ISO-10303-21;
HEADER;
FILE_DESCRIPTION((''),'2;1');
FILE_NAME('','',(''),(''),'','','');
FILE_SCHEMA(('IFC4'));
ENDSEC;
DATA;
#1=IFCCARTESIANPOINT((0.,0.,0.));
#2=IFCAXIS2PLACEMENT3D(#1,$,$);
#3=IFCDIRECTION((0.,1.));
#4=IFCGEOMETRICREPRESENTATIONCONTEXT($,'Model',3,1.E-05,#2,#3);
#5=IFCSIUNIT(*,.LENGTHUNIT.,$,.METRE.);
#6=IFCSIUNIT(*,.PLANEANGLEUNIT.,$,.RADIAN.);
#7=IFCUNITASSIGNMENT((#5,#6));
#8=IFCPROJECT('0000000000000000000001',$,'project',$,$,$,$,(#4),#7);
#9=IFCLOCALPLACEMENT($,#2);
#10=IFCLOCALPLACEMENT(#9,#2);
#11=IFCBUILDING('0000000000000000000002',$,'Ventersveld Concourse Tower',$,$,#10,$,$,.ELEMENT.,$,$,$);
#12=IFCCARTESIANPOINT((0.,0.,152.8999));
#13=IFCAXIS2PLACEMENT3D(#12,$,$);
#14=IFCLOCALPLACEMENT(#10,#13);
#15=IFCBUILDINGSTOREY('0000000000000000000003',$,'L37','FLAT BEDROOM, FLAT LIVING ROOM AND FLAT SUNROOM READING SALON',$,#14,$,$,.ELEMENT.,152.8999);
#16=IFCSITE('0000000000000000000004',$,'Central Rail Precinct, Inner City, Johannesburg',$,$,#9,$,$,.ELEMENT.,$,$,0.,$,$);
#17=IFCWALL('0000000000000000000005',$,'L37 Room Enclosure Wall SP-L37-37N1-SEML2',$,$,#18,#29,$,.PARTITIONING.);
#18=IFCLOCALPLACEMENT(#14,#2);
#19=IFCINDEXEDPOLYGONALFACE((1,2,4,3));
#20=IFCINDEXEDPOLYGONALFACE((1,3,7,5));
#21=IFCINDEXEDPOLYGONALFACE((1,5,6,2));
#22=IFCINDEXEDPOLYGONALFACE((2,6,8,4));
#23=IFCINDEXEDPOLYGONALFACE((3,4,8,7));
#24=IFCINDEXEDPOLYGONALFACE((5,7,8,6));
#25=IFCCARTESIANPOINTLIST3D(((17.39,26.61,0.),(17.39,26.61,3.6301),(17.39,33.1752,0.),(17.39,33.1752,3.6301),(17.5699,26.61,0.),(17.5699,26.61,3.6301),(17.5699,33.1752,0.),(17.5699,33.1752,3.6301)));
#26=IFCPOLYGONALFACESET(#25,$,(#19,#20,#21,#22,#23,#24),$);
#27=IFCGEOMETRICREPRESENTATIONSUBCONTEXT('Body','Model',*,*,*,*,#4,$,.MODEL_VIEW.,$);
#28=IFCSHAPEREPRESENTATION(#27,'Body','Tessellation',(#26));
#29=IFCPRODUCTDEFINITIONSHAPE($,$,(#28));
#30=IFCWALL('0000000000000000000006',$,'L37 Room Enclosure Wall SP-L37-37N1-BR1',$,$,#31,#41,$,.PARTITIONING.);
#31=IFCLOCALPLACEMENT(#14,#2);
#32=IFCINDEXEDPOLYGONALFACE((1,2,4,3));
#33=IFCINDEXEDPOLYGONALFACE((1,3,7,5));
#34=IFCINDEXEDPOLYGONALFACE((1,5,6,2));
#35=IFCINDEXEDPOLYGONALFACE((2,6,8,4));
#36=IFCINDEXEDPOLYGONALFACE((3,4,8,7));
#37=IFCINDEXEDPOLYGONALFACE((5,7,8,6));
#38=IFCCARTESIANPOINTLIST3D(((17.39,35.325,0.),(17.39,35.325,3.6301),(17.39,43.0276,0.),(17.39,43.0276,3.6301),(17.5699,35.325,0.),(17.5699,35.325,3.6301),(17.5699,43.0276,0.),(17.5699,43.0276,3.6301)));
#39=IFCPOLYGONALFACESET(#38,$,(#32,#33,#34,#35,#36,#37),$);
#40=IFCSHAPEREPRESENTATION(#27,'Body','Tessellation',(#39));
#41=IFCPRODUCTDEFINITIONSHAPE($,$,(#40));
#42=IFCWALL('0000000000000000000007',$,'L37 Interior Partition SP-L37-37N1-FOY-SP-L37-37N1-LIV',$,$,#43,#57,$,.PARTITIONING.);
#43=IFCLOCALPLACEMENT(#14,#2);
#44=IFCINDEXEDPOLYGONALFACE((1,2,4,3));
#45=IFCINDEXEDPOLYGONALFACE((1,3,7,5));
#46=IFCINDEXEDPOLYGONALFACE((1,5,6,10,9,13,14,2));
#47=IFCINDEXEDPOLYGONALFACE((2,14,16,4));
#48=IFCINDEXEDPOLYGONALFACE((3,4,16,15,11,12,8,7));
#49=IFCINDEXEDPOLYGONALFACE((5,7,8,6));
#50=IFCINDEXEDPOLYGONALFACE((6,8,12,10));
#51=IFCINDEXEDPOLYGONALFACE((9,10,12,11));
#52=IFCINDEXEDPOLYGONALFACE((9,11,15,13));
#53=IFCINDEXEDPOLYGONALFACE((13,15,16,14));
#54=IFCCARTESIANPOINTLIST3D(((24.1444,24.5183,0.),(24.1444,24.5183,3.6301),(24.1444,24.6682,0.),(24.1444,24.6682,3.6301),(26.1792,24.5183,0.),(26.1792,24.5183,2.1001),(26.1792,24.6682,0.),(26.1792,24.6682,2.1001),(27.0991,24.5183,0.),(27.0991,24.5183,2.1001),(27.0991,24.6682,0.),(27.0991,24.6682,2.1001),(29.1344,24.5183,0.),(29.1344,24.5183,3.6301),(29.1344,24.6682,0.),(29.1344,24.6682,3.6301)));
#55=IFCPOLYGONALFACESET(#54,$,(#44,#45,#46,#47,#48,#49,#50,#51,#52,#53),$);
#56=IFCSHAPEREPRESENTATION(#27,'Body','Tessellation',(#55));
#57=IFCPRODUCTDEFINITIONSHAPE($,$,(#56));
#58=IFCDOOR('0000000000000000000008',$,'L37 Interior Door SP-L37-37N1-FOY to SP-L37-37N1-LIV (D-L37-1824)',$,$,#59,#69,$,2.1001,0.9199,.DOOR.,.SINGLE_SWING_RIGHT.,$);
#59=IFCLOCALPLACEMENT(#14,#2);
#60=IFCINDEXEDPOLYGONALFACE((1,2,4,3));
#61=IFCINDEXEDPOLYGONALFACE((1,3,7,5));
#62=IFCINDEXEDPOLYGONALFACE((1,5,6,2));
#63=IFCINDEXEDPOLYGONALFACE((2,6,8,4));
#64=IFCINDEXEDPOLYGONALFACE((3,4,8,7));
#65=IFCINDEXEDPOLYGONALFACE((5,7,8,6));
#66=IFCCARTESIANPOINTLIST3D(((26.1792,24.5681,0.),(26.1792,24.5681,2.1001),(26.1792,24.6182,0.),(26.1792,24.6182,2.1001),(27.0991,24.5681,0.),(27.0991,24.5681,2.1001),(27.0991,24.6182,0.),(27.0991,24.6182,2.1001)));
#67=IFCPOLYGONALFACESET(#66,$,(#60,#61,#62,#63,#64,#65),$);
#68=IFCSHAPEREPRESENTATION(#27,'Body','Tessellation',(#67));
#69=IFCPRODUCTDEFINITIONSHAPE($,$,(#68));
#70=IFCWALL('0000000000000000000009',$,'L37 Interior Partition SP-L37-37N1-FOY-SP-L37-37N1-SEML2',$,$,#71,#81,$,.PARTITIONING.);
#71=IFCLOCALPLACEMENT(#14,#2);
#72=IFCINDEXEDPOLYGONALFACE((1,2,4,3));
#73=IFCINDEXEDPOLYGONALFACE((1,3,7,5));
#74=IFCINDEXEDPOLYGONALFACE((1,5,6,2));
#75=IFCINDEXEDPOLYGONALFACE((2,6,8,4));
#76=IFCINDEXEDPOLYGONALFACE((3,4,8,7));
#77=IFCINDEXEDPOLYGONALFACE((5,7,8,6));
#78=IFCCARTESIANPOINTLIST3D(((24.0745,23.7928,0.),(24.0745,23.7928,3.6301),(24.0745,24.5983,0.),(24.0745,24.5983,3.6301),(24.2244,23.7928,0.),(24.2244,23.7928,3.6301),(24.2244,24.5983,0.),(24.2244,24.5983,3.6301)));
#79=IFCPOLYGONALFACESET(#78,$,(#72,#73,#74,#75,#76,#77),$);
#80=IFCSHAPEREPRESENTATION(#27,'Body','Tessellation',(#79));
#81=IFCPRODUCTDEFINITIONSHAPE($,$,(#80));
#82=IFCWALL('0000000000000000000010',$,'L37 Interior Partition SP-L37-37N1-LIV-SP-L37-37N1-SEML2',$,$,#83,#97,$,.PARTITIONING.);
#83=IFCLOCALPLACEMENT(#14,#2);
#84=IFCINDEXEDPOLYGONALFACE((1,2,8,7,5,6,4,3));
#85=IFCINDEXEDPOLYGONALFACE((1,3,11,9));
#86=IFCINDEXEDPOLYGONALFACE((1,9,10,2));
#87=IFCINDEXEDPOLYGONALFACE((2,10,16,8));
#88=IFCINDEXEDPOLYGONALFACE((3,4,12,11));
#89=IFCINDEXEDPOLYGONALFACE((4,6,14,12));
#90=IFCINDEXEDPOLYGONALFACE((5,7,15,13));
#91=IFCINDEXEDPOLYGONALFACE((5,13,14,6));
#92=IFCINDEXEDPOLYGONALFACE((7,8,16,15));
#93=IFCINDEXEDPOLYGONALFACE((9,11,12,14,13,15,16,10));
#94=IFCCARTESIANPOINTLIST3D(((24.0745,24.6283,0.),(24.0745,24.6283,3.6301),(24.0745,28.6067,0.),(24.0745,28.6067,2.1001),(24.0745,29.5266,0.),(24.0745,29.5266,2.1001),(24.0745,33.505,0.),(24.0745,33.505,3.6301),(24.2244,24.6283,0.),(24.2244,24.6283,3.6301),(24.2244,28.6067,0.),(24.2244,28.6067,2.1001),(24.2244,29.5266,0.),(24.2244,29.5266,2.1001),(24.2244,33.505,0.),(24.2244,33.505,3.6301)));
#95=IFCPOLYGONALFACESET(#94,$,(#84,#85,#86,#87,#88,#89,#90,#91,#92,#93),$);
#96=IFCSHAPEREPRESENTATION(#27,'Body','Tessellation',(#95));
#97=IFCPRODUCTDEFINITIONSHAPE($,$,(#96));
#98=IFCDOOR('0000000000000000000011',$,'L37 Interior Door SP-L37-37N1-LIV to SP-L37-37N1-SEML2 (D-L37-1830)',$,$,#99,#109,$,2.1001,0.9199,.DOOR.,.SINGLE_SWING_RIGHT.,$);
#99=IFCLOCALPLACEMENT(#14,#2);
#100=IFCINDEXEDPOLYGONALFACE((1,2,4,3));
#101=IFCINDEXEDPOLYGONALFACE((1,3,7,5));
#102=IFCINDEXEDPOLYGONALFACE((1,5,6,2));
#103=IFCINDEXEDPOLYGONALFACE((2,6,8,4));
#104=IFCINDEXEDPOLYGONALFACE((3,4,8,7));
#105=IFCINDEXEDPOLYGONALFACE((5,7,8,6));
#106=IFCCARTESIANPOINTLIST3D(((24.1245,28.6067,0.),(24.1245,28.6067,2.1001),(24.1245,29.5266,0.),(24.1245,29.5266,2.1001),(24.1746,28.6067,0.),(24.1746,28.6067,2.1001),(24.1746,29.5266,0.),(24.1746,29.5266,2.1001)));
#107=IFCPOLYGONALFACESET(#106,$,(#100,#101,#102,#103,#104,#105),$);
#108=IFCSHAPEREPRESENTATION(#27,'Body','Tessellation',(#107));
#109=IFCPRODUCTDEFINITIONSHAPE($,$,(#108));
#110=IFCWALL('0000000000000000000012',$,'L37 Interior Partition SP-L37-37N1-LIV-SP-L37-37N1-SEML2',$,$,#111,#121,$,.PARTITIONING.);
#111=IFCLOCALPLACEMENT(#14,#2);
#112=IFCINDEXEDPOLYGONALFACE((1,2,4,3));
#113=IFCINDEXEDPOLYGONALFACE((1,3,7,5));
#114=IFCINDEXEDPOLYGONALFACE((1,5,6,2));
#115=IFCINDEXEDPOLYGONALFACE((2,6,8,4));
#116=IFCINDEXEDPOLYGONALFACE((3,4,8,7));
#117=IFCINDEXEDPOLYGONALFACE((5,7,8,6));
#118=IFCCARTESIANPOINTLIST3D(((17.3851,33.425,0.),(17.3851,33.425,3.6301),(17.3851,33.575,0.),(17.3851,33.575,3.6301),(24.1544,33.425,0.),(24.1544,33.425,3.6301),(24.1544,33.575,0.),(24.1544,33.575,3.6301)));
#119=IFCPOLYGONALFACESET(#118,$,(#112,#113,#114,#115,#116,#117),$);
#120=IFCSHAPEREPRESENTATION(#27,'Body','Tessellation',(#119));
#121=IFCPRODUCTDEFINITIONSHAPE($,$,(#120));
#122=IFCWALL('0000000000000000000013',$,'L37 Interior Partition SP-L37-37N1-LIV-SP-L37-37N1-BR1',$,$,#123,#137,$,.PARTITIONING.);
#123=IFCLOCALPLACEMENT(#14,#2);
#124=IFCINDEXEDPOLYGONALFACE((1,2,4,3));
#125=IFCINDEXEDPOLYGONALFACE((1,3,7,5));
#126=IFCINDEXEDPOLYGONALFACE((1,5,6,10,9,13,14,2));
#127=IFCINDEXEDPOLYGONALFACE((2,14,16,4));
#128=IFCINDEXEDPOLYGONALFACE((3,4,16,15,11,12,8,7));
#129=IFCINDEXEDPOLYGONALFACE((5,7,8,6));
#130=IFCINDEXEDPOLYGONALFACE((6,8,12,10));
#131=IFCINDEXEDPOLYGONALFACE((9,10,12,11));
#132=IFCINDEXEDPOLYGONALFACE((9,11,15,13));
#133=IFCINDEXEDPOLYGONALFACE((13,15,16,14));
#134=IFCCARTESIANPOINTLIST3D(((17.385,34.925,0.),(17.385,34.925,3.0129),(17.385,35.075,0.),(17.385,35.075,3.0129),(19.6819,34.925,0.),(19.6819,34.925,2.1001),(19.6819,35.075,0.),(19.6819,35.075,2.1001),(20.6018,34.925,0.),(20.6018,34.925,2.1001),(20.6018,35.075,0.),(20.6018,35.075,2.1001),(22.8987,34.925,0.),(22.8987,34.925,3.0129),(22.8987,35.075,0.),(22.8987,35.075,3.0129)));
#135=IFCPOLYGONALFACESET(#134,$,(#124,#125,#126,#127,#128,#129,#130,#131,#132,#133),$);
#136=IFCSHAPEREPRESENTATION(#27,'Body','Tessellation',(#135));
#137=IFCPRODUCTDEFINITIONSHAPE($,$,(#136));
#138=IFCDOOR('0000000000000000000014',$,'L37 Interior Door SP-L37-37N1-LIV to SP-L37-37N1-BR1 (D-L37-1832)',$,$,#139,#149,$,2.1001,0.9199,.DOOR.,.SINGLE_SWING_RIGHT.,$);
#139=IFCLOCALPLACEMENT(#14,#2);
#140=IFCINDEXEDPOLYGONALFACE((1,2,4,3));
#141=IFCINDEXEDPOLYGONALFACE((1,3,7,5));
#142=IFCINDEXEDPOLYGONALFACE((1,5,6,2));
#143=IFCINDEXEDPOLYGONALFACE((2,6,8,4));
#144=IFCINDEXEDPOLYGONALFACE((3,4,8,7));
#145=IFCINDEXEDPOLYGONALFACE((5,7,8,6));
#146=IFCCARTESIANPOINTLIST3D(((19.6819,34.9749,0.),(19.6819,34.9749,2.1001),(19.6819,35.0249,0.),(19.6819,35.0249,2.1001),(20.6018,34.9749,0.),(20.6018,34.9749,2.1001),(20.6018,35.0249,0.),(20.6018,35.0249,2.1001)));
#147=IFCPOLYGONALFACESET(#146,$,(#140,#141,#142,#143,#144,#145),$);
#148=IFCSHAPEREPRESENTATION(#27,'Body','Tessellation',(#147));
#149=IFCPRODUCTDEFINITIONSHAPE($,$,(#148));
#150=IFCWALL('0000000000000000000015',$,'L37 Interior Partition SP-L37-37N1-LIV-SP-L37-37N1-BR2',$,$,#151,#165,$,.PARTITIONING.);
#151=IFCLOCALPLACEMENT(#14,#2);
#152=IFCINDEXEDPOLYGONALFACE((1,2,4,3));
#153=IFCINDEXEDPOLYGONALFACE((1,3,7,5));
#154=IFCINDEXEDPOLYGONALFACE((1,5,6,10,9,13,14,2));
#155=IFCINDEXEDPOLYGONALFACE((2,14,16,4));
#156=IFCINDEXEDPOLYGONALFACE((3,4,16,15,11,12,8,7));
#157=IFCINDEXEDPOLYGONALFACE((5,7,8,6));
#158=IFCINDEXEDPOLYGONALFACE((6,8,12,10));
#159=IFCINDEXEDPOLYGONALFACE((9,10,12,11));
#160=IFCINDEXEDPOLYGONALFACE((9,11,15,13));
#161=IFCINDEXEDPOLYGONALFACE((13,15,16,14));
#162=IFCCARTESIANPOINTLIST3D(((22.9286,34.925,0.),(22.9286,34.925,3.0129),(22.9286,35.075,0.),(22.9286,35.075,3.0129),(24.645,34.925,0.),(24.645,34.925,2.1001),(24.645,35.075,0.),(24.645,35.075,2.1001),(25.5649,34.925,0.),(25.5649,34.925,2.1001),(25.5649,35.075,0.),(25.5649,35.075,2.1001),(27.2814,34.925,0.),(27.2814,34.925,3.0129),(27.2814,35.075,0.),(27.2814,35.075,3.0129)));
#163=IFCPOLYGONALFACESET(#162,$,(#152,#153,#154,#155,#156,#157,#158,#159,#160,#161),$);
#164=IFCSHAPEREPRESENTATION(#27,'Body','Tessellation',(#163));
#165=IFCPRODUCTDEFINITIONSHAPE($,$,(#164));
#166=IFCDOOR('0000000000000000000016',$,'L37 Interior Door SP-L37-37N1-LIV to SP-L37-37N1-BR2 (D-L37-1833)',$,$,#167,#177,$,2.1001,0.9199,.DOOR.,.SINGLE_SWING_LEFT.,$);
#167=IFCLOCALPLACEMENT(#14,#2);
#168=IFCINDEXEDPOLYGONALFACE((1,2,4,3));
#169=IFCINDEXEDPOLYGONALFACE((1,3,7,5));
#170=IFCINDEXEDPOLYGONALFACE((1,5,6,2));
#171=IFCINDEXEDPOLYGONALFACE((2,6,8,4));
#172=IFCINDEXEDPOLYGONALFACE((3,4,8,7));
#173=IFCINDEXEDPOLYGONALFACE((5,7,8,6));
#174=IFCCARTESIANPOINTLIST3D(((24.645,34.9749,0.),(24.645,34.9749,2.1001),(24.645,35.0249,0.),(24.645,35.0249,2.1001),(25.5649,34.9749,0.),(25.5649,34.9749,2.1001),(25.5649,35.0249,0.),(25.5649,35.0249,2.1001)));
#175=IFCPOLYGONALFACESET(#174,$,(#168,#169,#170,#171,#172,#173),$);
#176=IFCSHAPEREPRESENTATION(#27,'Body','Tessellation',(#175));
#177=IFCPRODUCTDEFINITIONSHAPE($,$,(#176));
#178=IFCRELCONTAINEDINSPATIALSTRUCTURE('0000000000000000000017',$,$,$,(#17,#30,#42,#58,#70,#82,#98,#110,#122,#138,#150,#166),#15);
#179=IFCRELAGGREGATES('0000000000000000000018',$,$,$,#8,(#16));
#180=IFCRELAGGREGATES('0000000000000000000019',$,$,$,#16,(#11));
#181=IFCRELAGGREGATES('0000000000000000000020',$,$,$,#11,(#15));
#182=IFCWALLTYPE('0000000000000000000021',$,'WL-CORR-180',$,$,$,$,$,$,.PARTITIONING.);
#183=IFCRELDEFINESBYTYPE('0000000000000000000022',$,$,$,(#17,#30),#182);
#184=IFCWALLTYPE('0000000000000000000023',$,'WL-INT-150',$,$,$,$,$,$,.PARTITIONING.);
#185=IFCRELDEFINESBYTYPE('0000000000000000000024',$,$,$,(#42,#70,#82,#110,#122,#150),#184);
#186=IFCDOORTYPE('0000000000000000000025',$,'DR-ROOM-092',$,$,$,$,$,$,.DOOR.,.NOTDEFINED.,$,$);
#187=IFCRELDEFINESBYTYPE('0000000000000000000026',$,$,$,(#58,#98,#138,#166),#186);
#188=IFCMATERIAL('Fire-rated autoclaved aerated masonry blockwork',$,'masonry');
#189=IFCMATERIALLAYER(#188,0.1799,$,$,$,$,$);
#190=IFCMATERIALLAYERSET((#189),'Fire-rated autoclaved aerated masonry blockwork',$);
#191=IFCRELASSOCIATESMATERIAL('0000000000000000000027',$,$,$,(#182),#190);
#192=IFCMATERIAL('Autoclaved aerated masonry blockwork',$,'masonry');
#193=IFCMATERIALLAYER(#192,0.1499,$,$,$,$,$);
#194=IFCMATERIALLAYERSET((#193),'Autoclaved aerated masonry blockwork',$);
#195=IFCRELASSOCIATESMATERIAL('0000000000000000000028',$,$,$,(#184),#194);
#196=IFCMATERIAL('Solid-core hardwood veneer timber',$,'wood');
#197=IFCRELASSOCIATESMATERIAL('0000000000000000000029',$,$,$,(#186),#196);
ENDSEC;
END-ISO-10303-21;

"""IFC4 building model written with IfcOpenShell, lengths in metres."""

from ifc_helpers import new_model, si_unit, direction, frame, frame_2d, origin, place, context, subcontext, project, spatial, rectangle, extrude, material, layer, layer_set, type_object, element, fill, save


model = new_model("IFC4")

# Units and contexts
model_context = context("Model", 3, precision=1e-05, world=origin(), true_north=direction((0.0, 1.0)))
body_context = subcontext(model_context, "Body", "Model", "MODEL_VIEW")
ifc_project = project(units=[si_unit("LENGTHUNIT", "METRE"), si_unit("PLANEANGLEUNIT", "RADIAN")], contexts=[model_context])

# Site, building, storey
site_placement = place(None, origin())
site = spatial("IfcSite", under=ifc_project, at=site_placement, Name="Central Rail Precinct, Inner City, Johannesburg", CompositionType="ELEMENT", RefElevation=0.0)
building_placement = place(site_placement, origin())
building = spatial("IfcBuilding", under=site, at=building_placement, Name="Ventersveld Concourse Tower", CompositionType="ELEMENT")
storey_placement = place(building_placement, frame((0.0, 0.0, 152.8999)))
storey = spatial("IfcBuildingStorey", under=building, at=storey_placement, Name="L37", Description="FLAT BEDROOM, FLAT LIVING ROOM AND FLAT SUNROOM READING SALON", CompositionType="ELEMENT", Elevation=152.8999)

# Walls
ifc_material_1 = material(Name="Fire-rated autoclaved aerated masonry blockwork", Category="masonry")
ifc_layer_1 = layer(ifc_material_1, 0.1799)
ifc_layer_set_1 = layer_set([ifc_layer_1], Name="Fire-rated autoclaved aerated masonry blockwork")
wall_type_1 = type_object("IfcWallType", Name="WL-CORR-180", PredefinedType="PARTITIONING", material=ifc_layer_set_1)
wall_1_placement = place(storey_placement, frame((17.48, 26.6099, 0.0), z_axis=(0.0, 0.0, 1.0), x_axis=(0.0, 1.0, 0.0)))
element("IfcWall", 1, at=wall_1_placement, inside=storey, type_object=wall_type_1, Name="L37 Room Enclosure Wall SP-L37-37N1-SEML2", PredefinedType="PARTITIONING", context=body_context, shape_type="SweptSolid", body=[
    extrude(rectangle(XDim=6.5652, YDim=0.1799, at=frame_2d((3.2827, 0.0))), origin(), (0.0, 0.0, 1.0), 3.6301),
])
wall_2_placement = place(storey_placement, frame((17.48, 35.325, 0.0), z_axis=(0.0, 0.0, 1.0), x_axis=(0.0, 1.0, 0.0)))
element("IfcWall", 2, at=wall_2_placement, inside=storey, type_object=wall_type_1, Name="L37 Room Enclosure Wall SP-L37-37N1-BR1", PredefinedType="PARTITIONING", context=body_context, shape_type="SweptSolid", body=[
    extrude(rectangle(XDim=7.7026, YDim=0.1799, at=frame_2d((3.8513, 0.0))), origin(), (0.0, 0.0, 1.0), 3.6301),
])

# Wall, opening, door
ifc_material_2 = material(Name="Autoclaved aerated masonry blockwork", Category="masonry")
ifc_layer_2 = layer(ifc_material_2, 0.1499)
ifc_layer_set_2 = layer_set([ifc_layer_2], Name="Autoclaved aerated masonry blockwork")
wall_type_2 = type_object("IfcWallType", Name="WL-INT-150", PredefinedType="PARTITIONING", material=ifc_layer_set_2)
wall_3_placement = place(storey_placement, frame((24.1443, 24.5933, 0.0), z_axis=(0.0, 0.0, 1.0), x_axis=(1.0, 0.0, 0.0)))
wall_3 = element("IfcWall", 3, at=wall_3_placement, inside=storey, type_object=wall_type_2, Name="L37 Interior Partition SP-L37-37N1-FOY-SP-L37-37N1-LIV", PredefinedType="PARTITIONING", context=body_context, shape_type="SweptSolid", body=[
    extrude(rectangle(XDim=4.99, YDim=0.1499, at=frame_2d((2.4951, 0.0))), origin(), (0.0, 0.0, 1.0), 3.6301),
])
opening_1_placement = place(wall_3_placement, frame((2.0349, 0.0, 0.0)))
opening_1 = element("IfcOpeningElement", 4, at=opening_1_placement, cuts=wall_3, PredefinedType="OPENING", context=body_context, shape_type="SweptSolid", body=[
    extrude(rectangle(XDim=0.9199, YDim=2.1001, at=frame_2d((0.46, 1.05))), frame((0.0, 0.085, 0.0), z_axis=(0.0, -1.0, 0.0), x_axis=(1.0, 0.0, 0.0)), (0.0, 0.0, 1.0), 0.1699),
])
ifc_material_3 = material(Name="Solid-core hardwood veneer timber", Category="wood")
door_type = type_object("IfcDoorType", Name="DR-ROOM-092", OperationType="NOTDEFINED", PredefinedType="DOOR", material=ifc_material_3)
door_1_placement = place(opening_1_placement, origin())
door_1 = element("IfcDoor", 5, at=door_1_placement, inside=storey, type_object=door_type, Name="L37 Interior Door SP-L37-37N1-FOY to SP-L37-37N1-LIV (D-L37-1824)", OperationType="SINGLE_SWING_RIGHT", OverallHeight=2.1001, OverallWidth=0.9199, PredefinedType="DOOR", context=body_context, shape_type="SweptSolid", body=[
    extrude(rectangle(XDim=0.9199, YDim=2.1001, at=frame_2d((0.46, 1.05))), frame((0.0, 0.0249, 0.0), z_axis=(0.0, -1.0, 0.0), x_axis=(1.0, 0.0, 0.0)), (0.0, 0.0, 1.0), 0.05),
])
fill(opening_1, door_1)

# Wall
wall_4_placement = place(storey_placement, frame((24.1494, 23.7927, 0.0), z_axis=(0.0, 0.0, 1.0), x_axis=(0.0, 1.0, 0.0)))
element("IfcWall", 6, at=wall_4_placement, inside=storey, type_object=wall_type_2, Name="L37 Interior Partition SP-L37-37N1-FOY-SP-L37-37N1-SEML2", PredefinedType="PARTITIONING", context=body_context, shape_type="SweptSolid", body=[
    extrude(rectangle(XDim=0.8054, YDim=0.1499, at=frame_2d((0.4028, 0.0))), origin(), (0.0, 0.0, 1.0), 3.6301),
])

# Wall, opening, door
wall_5_placement = place(storey_placement, frame((24.1494, 24.6282, 0.0), z_axis=(0.0, 0.0, 1.0), x_axis=(0.0, 1.0, 0.0)))
wall_5 = element("IfcWall", 7, at=wall_5_placement, inside=storey, type_object=wall_type_2, Name="L37 Interior Partition SP-L37-37N1-LIV-SP-L37-37N1-SEML2", PredefinedType="PARTITIONING", context=body_context, shape_type="SweptSolid", body=[
    extrude(rectangle(XDim=8.8767, YDim=0.1499, at=frame_2d((4.4385, 0.0))), origin(), (0.0, 0.0, 1.0), 3.6301),
])
opening_2_placement = place(wall_5_placement, frame((3.9785, 0.0, 0.0)))
opening_2 = element("IfcOpeningElement", 8, at=opening_2_placement, cuts=wall_5, PredefinedType="OPENING", context=body_context, shape_type="SweptSolid", body=[
    extrude(rectangle(XDim=0.9199, YDim=2.1001, at=frame_2d((0.46, 1.05))), frame((0.0, 0.085, 0.0), z_axis=(0.0, -1.0, 0.0), x_axis=(1.0, 0.0, 0.0)), (0.0, 0.0, 1.0), 0.1699),
])
door_2_placement = place(opening_2_placement, origin())
door_2 = element("IfcDoor", 9, at=door_2_placement, inside=storey, type_object=door_type, Name="L37 Interior Door SP-L37-37N1-LIV to SP-L37-37N1-SEML2 (D-L37-1830)", OperationType="SINGLE_SWING_RIGHT", OverallHeight=2.1001, OverallWidth=0.9199, PredefinedType="DOOR", context=body_context, shape_type="SweptSolid", body=[
    extrude(rectangle(XDim=0.9199, YDim=2.1001, at=frame_2d((0.46, 1.05))), frame((0.0, 0.0249, 0.0), z_axis=(0.0, -1.0, 0.0), x_axis=(1.0, 0.0, 0.0)), (0.0, 0.0, 1.0), 0.05),
])
fill(opening_2, door_2)

# Wall
wall_6_placement = place(storey_placement, frame((17.385, 33.5, 0.0), z_axis=(0.0, 0.0, 1.0), x_axis=(1.0, 0.0, 0.0)))
element("IfcWall", 10, at=wall_6_placement, inside=storey, type_object=wall_type_2, Name="L37 Interior Partition SP-L37-37N1-LIV-SP-L37-37N1-SEML2", PredefinedType="PARTITIONING", context=body_context, shape_type="SweptSolid", body=[
    extrude(rectangle(XDim=6.7693, YDim=0.1499, at=frame_2d((3.3848, 0.0))), origin(), (0.0, 0.0, 1.0), 3.6301),
])

# Walls, openings, doors
wall_7_placement = place(storey_placement, frame((17.385, 35.0, 0.0), z_axis=(0.0, 0.0, 1.0), x_axis=(1.0, 0.0, 0.0)))
wall_7 = element("IfcWall", 11, at=wall_7_placement, inside=storey, type_object=wall_type_2, Name="L37 Interior Partition SP-L37-37N1-LIV-SP-L37-37N1-BR1", PredefinedType="PARTITIONING", context=body_context, shape_type="SweptSolid", body=[
    extrude(rectangle(XDim=5.5137, YDim=0.1499, at=frame_2d((2.7568, 0.0))), origin(), (0.0, 0.0, 1.0), 3.0129),
])
opening_3_placement = place(wall_7_placement, frame((2.2969, 0.0, 0.0)))
opening_3 = element("IfcOpeningElement", 12, at=opening_3_placement, cuts=wall_7, PredefinedType="OPENING", context=body_context, shape_type="SweptSolid", body=[
    extrude(rectangle(XDim=0.9199, YDim=2.1001, at=frame_2d((0.46, 1.05))), frame((0.0, 0.085, 0.0), z_axis=(0.0, -1.0, 0.0), x_axis=(1.0, 0.0, 0.0)), (0.0, 0.0, 1.0), 0.1699),
])
door_3_placement = place(opening_3_placement, origin())
door_3 = element("IfcDoor", 13, at=door_3_placement, inside=storey, type_object=door_type, Name="L37 Interior Door SP-L37-37N1-LIV to SP-L37-37N1-BR1 (D-L37-1832)", OperationType="SINGLE_SWING_RIGHT", OverallHeight=2.1001, OverallWidth=0.9199, PredefinedType="DOOR", context=body_context, shape_type="SweptSolid", body=[
    extrude(rectangle(XDim=0.9199, YDim=2.1001, at=frame_2d((0.46, 1.05))), frame((0.0, 0.0249, 0.0), z_axis=(0.0, -1.0, 0.0), x_axis=(1.0, 0.0, 0.0)), (0.0, 0.0, 1.0), 0.05),
])
fill(opening_3, door_3)
wall_8_placement = place(storey_placement, frame((22.9287, 35.0, 0.0), z_axis=(0.0, 0.0, 1.0), x_axis=(1.0, 0.0, 0.0)))
wall_8 = element("IfcWall", 14, at=wall_8_placement, inside=storey, type_object=wall_type_2, Name="L37 Interior Partition SP-L37-37N1-LIV-SP-L37-37N1-BR2", PredefinedType="PARTITIONING", context=body_context, shape_type="SweptSolid", body=[
    extrude(rectangle(XDim=4.3528, YDim=0.1499, at=frame_2d((2.1763, 0.0))), origin(), (0.0, 0.0, 1.0), 3.0129),
])
opening_4_placement = place(wall_8_placement, frame((1.7163, 0.0, 0.0)))
opening_4 = element("IfcOpeningElement", 15, at=opening_4_placement, cuts=wall_8, PredefinedType="OPENING", context=body_context, shape_type="SweptSolid", body=[
    extrude(rectangle(XDim=0.9199, YDim=2.1001, at=frame_2d((0.46, 1.05))), frame((0.0, 0.085, 0.0), z_axis=(0.0, -1.0, 0.0), x_axis=(1.0, 0.0, 0.0)), (0.0, 0.0, 1.0), 0.1699),
])
door_4_placement = place(opening_4_placement, origin())
door_4 = element("IfcDoor", 16, at=door_4_placement, inside=storey, type_object=door_type, Name="L37 Interior Door SP-L37-37N1-LIV to SP-L37-37N1-BR2 (D-L37-1833)", OperationType="SINGLE_SWING_LEFT", OverallHeight=2.1001, OverallWidth=0.9199, PredefinedType="DOOR", context=body_context, shape_type="SweptSolid", body=[
    extrude(rectangle(XDim=0.9199, YDim=2.1001, at=frame_2d((0.46, 1.05))), frame((0.0, 0.0249, 0.0), z_axis=(0.0, -1.0, 0.0), x_axis=(1.0, 0.0, 0.0)), (0.0, 0.0, 1.0), 0.05),
])
fill(opening_4, door_4)

save(model, "model.ifc")
